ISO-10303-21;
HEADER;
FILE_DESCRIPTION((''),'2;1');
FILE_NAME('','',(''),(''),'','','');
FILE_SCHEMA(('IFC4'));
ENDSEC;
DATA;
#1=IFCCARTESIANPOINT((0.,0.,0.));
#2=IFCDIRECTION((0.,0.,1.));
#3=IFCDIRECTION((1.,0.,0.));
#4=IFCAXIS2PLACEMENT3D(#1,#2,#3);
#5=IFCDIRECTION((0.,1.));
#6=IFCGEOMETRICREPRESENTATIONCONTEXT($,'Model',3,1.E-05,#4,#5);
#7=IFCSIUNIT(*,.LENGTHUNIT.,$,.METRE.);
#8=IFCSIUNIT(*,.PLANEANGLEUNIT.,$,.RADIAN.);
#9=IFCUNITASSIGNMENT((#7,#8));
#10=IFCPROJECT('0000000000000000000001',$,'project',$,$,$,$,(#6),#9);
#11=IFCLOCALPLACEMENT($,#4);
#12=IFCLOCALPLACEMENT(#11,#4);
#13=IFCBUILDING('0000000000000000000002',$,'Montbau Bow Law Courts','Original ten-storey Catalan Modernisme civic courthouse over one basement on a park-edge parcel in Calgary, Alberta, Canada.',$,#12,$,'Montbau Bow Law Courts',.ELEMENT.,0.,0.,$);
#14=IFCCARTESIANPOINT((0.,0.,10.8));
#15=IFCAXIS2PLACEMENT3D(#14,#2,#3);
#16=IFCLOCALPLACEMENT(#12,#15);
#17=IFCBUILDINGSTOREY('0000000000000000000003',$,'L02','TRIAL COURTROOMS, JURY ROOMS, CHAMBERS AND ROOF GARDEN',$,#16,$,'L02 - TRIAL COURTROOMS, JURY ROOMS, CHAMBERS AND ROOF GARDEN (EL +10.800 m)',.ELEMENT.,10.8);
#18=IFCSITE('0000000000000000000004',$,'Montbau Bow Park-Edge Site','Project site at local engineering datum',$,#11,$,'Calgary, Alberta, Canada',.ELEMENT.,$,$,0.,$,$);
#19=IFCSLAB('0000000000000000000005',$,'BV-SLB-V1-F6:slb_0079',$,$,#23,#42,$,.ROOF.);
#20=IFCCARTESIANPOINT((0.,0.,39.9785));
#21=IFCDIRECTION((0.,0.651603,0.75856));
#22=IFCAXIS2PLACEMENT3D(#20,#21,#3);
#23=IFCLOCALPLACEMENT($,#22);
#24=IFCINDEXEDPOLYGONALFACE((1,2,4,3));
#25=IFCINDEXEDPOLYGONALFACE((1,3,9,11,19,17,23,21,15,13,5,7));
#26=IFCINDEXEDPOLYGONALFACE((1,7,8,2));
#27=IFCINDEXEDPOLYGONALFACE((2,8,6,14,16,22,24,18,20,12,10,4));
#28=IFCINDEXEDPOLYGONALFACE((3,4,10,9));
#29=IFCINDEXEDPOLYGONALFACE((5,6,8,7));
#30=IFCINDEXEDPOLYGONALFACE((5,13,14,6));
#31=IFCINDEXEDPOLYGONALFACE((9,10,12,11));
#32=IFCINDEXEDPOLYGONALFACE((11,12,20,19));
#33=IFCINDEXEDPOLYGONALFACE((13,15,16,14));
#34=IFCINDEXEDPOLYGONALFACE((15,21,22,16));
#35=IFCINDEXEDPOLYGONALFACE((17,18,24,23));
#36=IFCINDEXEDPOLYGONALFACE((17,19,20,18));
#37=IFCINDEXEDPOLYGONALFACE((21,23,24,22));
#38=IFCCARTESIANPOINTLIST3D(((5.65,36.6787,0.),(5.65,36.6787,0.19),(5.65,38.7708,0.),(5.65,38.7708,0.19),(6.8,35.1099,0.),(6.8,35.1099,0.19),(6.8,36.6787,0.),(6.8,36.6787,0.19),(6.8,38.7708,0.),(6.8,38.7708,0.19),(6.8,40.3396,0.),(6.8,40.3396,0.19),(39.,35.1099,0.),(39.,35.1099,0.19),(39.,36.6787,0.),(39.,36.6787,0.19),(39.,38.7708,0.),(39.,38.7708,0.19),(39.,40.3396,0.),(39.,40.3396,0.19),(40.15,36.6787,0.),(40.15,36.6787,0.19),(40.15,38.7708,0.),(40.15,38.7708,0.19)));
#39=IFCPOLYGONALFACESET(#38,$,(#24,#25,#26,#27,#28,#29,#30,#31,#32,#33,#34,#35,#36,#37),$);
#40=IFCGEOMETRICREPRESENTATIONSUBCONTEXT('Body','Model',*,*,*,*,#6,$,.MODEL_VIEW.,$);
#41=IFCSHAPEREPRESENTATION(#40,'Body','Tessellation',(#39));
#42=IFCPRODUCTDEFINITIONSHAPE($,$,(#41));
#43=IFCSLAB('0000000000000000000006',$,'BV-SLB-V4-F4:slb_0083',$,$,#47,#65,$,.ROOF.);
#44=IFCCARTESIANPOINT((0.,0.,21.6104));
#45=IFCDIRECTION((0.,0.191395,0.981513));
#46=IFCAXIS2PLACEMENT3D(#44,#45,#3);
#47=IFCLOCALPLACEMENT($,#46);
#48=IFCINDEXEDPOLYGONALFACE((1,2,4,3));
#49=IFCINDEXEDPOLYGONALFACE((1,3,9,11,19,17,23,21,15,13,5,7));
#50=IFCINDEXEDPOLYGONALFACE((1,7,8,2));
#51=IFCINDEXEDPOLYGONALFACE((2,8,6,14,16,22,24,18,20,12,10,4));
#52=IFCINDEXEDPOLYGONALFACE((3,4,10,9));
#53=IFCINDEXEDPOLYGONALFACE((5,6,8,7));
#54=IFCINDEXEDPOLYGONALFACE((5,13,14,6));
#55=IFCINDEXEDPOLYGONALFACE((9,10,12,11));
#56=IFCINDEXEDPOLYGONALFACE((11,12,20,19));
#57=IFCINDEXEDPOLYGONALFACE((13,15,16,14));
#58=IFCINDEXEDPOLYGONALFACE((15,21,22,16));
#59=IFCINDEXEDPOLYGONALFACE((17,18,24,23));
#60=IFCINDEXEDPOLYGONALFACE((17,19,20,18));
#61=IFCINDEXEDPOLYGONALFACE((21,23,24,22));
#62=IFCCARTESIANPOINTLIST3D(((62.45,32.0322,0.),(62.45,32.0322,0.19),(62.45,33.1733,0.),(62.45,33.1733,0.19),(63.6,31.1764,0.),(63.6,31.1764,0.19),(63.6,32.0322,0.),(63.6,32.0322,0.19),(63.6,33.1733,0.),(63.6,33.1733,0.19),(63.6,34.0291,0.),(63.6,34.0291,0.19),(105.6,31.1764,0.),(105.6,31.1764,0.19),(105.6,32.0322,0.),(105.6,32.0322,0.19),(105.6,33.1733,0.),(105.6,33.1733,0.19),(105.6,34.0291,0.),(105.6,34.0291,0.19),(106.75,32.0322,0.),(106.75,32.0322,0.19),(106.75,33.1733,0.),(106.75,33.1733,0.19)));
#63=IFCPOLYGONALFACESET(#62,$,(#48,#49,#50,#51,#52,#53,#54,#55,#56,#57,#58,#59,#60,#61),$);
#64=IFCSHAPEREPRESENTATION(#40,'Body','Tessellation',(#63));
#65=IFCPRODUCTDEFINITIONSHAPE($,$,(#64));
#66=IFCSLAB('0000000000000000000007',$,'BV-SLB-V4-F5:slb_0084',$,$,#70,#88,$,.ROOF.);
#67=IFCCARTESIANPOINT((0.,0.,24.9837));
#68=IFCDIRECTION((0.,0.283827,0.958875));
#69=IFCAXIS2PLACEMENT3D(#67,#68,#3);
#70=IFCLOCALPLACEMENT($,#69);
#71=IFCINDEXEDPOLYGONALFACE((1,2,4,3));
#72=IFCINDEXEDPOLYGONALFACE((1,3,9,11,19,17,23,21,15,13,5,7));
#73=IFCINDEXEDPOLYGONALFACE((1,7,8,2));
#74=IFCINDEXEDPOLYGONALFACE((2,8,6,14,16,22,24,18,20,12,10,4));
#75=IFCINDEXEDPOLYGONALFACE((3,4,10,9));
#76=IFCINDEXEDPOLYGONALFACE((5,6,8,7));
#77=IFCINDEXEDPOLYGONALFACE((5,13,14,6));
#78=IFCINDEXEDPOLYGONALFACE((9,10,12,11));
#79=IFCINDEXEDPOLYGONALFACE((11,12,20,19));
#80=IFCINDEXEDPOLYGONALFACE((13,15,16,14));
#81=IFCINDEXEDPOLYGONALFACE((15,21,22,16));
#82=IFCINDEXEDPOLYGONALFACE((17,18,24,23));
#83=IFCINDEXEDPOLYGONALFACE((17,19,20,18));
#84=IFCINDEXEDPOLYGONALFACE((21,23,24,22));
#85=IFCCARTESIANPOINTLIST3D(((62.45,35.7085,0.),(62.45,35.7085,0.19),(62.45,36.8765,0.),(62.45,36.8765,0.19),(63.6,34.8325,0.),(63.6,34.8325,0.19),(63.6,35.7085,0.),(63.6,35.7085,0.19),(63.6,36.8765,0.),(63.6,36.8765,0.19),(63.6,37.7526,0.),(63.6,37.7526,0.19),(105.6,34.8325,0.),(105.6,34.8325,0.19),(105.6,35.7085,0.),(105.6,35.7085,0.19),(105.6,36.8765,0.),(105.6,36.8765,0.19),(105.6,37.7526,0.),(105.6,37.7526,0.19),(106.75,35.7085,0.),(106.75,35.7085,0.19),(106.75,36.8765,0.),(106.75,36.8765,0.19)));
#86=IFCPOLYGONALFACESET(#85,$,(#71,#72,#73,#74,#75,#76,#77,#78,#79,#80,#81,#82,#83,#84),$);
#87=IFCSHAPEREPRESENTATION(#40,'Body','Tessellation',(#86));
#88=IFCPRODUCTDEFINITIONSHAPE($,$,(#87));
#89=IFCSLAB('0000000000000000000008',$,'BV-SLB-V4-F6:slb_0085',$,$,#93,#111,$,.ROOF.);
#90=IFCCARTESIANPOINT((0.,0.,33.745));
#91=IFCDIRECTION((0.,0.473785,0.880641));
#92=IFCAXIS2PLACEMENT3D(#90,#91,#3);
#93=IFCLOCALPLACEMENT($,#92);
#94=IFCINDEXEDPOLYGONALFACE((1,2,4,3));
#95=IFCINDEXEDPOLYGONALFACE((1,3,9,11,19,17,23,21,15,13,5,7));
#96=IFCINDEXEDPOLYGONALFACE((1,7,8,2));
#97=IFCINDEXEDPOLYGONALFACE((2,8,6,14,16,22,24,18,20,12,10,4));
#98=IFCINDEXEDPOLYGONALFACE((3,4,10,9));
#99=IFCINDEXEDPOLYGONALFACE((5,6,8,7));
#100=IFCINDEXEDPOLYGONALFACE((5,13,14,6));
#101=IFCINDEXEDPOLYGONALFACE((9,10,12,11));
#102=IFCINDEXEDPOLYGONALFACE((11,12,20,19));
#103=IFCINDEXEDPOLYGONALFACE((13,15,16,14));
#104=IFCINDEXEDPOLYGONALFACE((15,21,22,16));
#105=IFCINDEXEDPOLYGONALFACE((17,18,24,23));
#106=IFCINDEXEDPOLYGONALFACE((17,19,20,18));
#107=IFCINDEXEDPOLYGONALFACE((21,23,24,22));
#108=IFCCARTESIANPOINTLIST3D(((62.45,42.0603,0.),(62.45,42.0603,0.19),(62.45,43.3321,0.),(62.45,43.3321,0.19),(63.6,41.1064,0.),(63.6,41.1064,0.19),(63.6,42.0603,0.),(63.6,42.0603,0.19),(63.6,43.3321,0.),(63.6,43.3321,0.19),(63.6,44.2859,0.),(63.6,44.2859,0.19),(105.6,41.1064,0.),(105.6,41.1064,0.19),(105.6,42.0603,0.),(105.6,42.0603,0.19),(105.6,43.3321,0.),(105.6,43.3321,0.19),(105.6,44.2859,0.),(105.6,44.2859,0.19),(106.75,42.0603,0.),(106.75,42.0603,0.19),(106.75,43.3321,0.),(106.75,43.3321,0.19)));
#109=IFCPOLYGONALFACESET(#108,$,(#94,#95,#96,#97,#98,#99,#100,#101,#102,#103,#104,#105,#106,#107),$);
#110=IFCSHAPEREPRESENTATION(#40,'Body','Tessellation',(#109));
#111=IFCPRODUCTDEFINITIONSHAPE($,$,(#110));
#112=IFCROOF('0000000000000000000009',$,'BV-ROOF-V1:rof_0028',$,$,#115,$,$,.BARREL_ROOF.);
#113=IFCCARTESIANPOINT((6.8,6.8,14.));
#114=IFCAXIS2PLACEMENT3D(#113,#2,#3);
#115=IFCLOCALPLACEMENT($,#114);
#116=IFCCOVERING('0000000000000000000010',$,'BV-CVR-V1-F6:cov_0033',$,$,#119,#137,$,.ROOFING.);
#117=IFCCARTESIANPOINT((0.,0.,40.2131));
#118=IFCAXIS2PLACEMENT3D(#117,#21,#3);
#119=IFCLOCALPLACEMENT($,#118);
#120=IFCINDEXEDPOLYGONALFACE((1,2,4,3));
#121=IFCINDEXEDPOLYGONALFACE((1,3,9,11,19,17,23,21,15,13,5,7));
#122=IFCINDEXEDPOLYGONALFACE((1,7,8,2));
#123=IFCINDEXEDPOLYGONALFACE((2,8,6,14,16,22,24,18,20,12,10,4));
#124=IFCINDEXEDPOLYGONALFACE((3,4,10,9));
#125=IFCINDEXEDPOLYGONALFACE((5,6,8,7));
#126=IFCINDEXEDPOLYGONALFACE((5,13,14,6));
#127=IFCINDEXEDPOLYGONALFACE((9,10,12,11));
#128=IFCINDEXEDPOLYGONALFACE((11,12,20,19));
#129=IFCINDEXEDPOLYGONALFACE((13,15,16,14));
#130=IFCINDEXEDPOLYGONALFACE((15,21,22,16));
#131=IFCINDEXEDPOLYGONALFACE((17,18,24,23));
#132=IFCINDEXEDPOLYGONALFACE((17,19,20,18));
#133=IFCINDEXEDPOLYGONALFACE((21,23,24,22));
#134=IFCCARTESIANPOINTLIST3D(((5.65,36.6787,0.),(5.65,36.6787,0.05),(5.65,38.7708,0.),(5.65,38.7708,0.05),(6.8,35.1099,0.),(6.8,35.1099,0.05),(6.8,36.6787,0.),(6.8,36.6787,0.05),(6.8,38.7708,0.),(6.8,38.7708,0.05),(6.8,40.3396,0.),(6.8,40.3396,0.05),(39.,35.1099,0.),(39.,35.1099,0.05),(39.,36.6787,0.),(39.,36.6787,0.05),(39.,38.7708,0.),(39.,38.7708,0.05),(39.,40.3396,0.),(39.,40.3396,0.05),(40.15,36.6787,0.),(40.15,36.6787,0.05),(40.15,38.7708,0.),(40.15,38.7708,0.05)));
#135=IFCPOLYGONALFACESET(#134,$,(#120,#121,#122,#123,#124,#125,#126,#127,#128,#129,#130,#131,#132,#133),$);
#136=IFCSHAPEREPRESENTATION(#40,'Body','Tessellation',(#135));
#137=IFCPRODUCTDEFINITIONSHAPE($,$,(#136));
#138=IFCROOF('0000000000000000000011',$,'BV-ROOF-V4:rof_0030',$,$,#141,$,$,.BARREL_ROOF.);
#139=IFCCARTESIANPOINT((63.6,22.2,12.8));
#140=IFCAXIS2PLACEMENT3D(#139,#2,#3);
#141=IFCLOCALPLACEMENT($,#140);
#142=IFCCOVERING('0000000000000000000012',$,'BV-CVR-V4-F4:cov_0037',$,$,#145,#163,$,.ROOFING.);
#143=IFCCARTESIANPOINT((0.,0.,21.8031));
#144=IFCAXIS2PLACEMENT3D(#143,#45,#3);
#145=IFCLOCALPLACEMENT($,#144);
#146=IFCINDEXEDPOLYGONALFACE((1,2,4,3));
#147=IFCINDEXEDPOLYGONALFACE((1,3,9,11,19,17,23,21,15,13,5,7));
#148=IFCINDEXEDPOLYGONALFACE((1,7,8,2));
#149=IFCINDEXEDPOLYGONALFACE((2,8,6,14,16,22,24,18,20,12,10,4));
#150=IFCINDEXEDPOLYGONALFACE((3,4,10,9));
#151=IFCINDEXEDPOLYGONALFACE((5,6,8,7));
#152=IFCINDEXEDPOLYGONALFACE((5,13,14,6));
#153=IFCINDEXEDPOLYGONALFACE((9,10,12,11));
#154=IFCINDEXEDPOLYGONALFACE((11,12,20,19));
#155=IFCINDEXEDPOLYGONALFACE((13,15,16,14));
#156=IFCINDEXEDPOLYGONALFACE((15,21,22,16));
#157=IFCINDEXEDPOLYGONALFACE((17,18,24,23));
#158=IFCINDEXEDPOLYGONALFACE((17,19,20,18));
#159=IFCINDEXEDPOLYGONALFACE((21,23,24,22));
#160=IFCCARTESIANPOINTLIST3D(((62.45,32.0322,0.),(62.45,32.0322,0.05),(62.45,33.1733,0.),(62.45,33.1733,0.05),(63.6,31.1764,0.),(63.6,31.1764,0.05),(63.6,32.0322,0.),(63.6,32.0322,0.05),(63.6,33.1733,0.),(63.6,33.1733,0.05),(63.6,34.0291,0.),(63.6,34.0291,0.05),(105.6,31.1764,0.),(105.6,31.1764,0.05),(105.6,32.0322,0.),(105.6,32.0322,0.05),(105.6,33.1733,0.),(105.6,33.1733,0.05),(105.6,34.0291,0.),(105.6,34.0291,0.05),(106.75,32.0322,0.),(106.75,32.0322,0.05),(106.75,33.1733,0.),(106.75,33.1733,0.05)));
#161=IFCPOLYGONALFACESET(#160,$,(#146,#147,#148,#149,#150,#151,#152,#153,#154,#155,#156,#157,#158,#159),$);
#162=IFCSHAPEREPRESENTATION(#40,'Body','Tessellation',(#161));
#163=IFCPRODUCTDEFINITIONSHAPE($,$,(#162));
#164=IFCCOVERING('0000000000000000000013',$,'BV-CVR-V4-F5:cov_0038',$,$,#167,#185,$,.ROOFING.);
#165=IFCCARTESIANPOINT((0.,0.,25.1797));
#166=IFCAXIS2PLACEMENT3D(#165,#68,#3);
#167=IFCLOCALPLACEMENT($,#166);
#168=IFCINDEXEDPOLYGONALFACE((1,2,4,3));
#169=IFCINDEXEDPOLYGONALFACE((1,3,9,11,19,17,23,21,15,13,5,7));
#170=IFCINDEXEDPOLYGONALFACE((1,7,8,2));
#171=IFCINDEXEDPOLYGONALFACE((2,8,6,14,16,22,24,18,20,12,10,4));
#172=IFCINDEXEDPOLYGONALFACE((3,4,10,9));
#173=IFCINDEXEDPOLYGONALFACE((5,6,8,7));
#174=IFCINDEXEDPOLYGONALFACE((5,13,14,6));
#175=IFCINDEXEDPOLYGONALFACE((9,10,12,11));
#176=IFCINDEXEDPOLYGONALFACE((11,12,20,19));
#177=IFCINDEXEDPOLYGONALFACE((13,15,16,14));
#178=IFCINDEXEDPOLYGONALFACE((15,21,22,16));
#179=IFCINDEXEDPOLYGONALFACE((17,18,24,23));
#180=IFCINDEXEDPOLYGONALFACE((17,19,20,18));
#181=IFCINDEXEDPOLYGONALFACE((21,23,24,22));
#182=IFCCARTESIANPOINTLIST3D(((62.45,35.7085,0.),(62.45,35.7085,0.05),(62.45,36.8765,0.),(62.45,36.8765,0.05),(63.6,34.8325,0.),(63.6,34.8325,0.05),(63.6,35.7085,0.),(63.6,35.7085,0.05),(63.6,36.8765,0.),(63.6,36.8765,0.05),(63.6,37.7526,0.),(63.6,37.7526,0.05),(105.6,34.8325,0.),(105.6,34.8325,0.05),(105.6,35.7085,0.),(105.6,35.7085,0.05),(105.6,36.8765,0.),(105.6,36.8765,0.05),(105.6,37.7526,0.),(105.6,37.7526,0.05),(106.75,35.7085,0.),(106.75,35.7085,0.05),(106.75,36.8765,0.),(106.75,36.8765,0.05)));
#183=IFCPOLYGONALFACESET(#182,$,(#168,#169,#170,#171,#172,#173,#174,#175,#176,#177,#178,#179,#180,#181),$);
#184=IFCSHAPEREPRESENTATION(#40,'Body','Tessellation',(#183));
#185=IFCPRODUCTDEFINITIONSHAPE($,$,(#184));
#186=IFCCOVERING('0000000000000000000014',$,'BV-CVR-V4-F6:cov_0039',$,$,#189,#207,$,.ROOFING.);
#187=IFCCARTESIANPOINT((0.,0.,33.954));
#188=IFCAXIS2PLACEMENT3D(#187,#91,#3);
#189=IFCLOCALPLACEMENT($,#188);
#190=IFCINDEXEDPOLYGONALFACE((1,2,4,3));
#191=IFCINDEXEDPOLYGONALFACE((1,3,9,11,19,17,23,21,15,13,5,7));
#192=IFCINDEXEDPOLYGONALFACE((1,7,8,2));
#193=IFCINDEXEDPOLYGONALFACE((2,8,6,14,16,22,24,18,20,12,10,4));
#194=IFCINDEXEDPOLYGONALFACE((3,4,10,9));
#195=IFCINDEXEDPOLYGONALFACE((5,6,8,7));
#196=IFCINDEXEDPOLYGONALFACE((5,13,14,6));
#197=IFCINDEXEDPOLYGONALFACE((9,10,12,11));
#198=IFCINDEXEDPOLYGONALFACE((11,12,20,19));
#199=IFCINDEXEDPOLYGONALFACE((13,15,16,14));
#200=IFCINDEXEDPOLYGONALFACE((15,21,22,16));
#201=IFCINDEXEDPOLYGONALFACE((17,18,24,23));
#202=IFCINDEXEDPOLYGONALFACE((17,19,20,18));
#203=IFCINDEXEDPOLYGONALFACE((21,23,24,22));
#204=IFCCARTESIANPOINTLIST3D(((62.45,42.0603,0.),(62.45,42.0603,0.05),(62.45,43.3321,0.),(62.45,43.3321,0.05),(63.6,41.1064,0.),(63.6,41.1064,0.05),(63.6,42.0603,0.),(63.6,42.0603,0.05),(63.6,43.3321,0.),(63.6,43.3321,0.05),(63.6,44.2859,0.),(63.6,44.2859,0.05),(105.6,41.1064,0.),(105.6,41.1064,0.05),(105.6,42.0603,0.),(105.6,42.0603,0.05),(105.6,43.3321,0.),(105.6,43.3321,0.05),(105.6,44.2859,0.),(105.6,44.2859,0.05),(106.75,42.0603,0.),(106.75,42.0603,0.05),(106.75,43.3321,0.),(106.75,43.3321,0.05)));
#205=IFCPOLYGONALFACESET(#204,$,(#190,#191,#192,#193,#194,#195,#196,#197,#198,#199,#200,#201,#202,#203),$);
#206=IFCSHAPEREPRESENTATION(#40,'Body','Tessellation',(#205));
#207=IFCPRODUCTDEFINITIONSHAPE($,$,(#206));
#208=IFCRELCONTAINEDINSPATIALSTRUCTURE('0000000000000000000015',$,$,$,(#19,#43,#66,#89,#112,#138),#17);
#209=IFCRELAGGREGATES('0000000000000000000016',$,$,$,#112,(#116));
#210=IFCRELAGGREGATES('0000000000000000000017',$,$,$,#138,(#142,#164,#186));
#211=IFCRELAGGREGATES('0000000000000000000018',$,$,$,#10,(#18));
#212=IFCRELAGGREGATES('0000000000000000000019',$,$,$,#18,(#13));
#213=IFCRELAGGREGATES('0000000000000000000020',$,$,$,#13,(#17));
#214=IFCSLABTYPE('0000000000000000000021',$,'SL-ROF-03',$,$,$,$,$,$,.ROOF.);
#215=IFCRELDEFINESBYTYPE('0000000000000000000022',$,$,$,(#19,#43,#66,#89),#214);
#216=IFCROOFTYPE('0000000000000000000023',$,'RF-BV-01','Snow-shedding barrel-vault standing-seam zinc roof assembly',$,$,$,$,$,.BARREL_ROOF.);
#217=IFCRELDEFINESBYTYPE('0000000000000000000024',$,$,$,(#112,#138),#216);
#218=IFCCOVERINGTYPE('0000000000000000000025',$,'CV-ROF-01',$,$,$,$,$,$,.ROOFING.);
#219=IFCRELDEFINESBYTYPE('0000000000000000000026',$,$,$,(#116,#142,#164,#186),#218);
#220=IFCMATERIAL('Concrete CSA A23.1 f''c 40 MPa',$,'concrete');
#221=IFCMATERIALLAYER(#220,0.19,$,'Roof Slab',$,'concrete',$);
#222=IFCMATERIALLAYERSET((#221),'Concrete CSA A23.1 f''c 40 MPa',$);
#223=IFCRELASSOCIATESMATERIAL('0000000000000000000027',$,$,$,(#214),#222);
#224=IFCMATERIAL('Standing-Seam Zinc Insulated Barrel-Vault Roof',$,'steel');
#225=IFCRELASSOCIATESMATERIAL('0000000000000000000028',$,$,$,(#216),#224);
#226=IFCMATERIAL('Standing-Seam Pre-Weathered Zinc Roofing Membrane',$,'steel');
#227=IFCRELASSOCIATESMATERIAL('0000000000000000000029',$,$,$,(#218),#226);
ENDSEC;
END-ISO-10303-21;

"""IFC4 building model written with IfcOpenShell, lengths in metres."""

from ifc_helpers import new_model, si_unit, direction, frame, origin_with_axes, place, context, subcontext, project, spatial, polyline, outline, extrude, material, layer, layer_set, type_object, element, aggregate, save


model = new_model("IFC4")

# Units and contexts
model_context = context("Model", 3, precision=1e-05, world=origin_with_axes(), true_north=direction((0.0, 1.0)))
body_context = subcontext(model_context, "Body", "Model", "MODEL_VIEW")
ifc_project = project(units=[si_unit("LENGTHUNIT", "METRE"), si_unit("PLANEANGLEUNIT", "RADIAN")], contexts=[model_context])

# Site, building, storey
site_placement = place(None, origin_with_axes())
site = spatial("IfcSite", under=ifc_project, at=site_placement, Name="Montbau Bow Park-Edge Site", Description="Project site at local engineering datum", LongName="Calgary, Alberta, Canada", CompositionType="ELEMENT", RefElevation=0.0)
building_placement = place(site_placement, origin_with_axes())
building = spatial("IfcBuilding", under=site, at=building_placement, Name="Montbau Bow Law Courts", Description="Original ten-storey Catalan Modernisme civic courthouse over one basement on a park-edge parcel in Calgary, Alberta, Canada.", LongName="Montbau Bow Law Courts", CompositionType="ELEMENT", ElevationOfRefHeight=0.0, ElevationOfTerrain=0.0)
storey_placement = place(building_placement, frame((0.0, 0.0, 10.8), z_axis=(0.0, 0.0, 1.0), x_axis=(1.0, 0.0, 0.0)))
storey = spatial("IfcBuildingStorey", under=building, at=storey_placement, Name="L02", Description="TRIAL COURTROOMS, JURY ROOMS, CHAMBERS AND ROOF GARDEN", LongName="L02 - TRIAL COURTROOMS, JURY ROOMS, CHAMBERS AND ROOF GARDEN (EL +10.800 m)", CompositionType="ELEMENT", Elevation=10.8)

# Shared definitions
ifc_material_1 = material(Name="Concrete CSA A23.1 f'c 40 MPa", Category="concrete")

# Slabs
ifc_layer_1 = layer(ifc_material_1, 0.19, Name="Roof Slab", Category="concrete")
ifc_layer_set_1 = layer_set([ifc_layer_1], Name="Concrete CSA A23.1 f'c 40 MPa")
slab_type_1 = type_object("IfcSlabType", Name="SL-ROF-03", PredefinedType="ROOF", material=ifc_layer_set_1)
slab_1_placement = place(None, frame((0.0, 0.0, 39.9785), z_axis=(0.0, 0.651603, 0.75856), x_axis=(1.0, 0.0, 0.0)))
element("IfcSlab", 1, at=slab_1_placement, inside=storey, type_object=slab_type_1, Name="BV-SLB-V1-F6:slb_0079", PredefinedType="ROOF", context=body_context, shape_type="SweptSolid", body=[
    extrude(outline(polyline([(6.8, 35.1099), (39.0, 35.1099), (39.0, 36.6787), (40.15, 36.6787), (40.15, 38.7708), (39.0, 38.7708), (39.0, 40.3396), (6.8, 40.3396), (6.8, 38.7708), (5.65, 38.7708), (5.65, 36.6787), (6.8, 36.6787), (6.8, 35.1099)])), origin_with_axes(), (0.0, 0.0, 1.0), 0.19),
])
slab_2_placement = place(None, frame((0.0, 0.0, 21.6104), z_axis=(0.0, 0.191395, 0.981513), x_axis=(1.0, 0.0, 0.0)))
element("IfcSlab", 2, at=slab_2_placement, inside=storey, type_object=slab_type_1, Name="BV-SLB-V4-F4:slb_0083", PredefinedType="ROOF", context=body_context, shape_type="SweptSolid", body=[
    extrude(outline(polyline([(63.6, 31.1764), (105.6, 31.1764), (105.6, 32.0322), (106.75, 32.0322), (106.75, 33.1733), (105.6, 33.1733), (105.6, 34.0291), (63.6, 34.0291), (63.6, 33.1733), (62.45, 33.1733), (62.45, 32.0322), (63.6, 32.0322), (63.6, 31.1764)])), origin_with_axes(), (0.0, 0.0, 1.0), 0.19),
])
slab_3_placement = place(None, frame((0.0, 0.0, 24.9837), z_axis=(0.0, 0.283827, 0.958875), x_axis=(1.0, 0.0, 0.0)))
element("IfcSlab", 3, at=slab_3_placement, inside=storey, type_object=slab_type_1, Name="BV-SLB-V4-F5:slb_0084", PredefinedType="ROOF", context=body_context, shape_type="SweptSolid", body=[
    extrude(outline(polyline([(63.6, 34.8325), (105.6, 34.8325), (105.6, 35.7085), (106.75, 35.7085), (106.75, 36.8765), (105.6, 36.8765), (105.6, 37.7526), (63.6, 37.7526), (63.6, 36.8765), (62.45, 36.8765), (62.45, 35.7085), (63.6, 35.7085), (63.6, 34.8325)])), origin_with_axes(), (0.0, 0.0, 1.0), 0.19),
])
slab_4_placement = place(None, frame((0.0, 0.0, 33.745), z_axis=(0.0, 0.473785, 0.880641), x_axis=(1.0, 0.0, 0.0)))
element("IfcSlab", 4, at=slab_4_placement, inside=storey, type_object=slab_type_1, Name="BV-SLB-V4-F6:slb_0085", PredefinedType="ROOF", context=body_context, shape_type="SweptSolid", body=[
    extrude(outline(polyline([(63.6, 41.1064), (105.6, 41.1064), (105.6, 42.0603), (106.75, 42.0603), (106.75, 43.3321), (105.6, 43.3321), (105.6, 44.2859), (63.6, 44.2859), (63.6, 43.3321), (62.45, 43.3321), (62.45, 42.0603), (63.6, 42.0603), (63.6, 41.1064)])), origin_with_axes(), (0.0, 0.0, 1.0), 0.19),
])

# Roof, covering
ifc_material_2 = material(Name="Standing-Seam Zinc Insulated Barrel-Vault Roof", Category="steel")
roof_type = type_object("IfcRoofType", Name="RF-BV-01", Description="Snow-shedding barrel-vault standing-seam zinc roof assembly", PredefinedType="BARREL_ROOF", material=ifc_material_2)
roof_1_placement = place(None, frame((6.8, 6.8, 14.0), z_axis=(0.0, 0.0, 1.0), x_axis=(1.0, 0.0, 0.0)))
roof_1 = element("IfcRoof", 5, at=roof_1_placement, inside=storey, type_object=roof_type, Name="BV-ROOF-V1:rof_0028", PredefinedType="BARREL_ROOF")
ifc_material_3 = material(Name="Standing-Seam Pre-Weathered Zinc Roofing Membrane", Category="steel")
covering_type_1 = type_object("IfcCoveringType", Name="CV-ROF-01", PredefinedType="ROOFING", material=ifc_material_3)
covering_1_placement = place(None, frame((0.0, 0.0, 40.2131), z_axis=(0.0, 0.651603, 0.75856), x_axis=(1.0, 0.0, 0.0)))
covering_1 = element("IfcCovering", 6, at=covering_1_placement, type_object=covering_type_1, Name="BV-CVR-V1-F6:cov_0033", PredefinedType="ROOFING", context=body_context, shape_type="SweptSolid", body=[
    extrude(outline(polyline([(6.8, 35.1099), (39.0, 35.1099), (39.0, 36.6787), (40.15, 36.6787), (40.15, 38.7708), (39.0, 38.7708), (39.0, 40.3396), (6.8, 40.3396), (6.8, 38.7708), (5.65, 38.7708), (5.65, 36.6787), (6.8, 36.6787), (6.8, 35.1099)])), origin_with_axes(), (0.0, 0.0, 1.0), 0.05),
])
aggregate(roof_1, [covering_1])

# Roof, coverings
roof_2_placement = place(None, frame((63.6, 22.2, 12.8), z_axis=(0.0, 0.0, 1.0), x_axis=(1.0, 0.0, 0.0)))
roof_2 = element("IfcRoof", 7, at=roof_2_placement, inside=storey, type_object=roof_type, Name="BV-ROOF-V4:rof_0030", PredefinedType="BARREL_ROOF")
covering_2_placement = place(None, frame((0.0, 0.0, 21.8031), z_axis=(0.0, 0.191395, 0.981513), x_axis=(1.0, 0.0, 0.0)))
covering_2 = element("IfcCovering", 8, at=covering_2_placement, type_object=covering_type_1, Name="BV-CVR-V4-F4:cov_0037", PredefinedType="ROOFING", context=body_context, shape_type="SweptSolid", body=[
    extrude(outline(polyline([(63.6, 31.1764), (105.6, 31.1764), (105.6, 32.0322), (106.75, 32.0322), (106.75, 33.1733), (105.6, 33.1733), (105.6, 34.0291), (63.6, 34.0291), (63.6, 33.1733), (62.45, 33.1733), (62.45, 32.0322), (63.6, 32.0322), (63.6, 31.1764)])), origin_with_axes(), (0.0, 0.0, 1.0), 0.05),
])
covering_3_placement = place(None, frame((0.0, 0.0, 25.1797), z_axis=(0.0, 0.283827, 0.958875), x_axis=(1.0, 0.0, 0.0)))
covering_3 = element("IfcCovering", 9, at=covering_3_placement, type_object=covering_type_1, Name="BV-CVR-V4-F5:cov_0038", PredefinedType="ROOFING", context=body_context, shape_type="SweptSolid", body=[
    extrude(outline(polyline([(63.6, 34.8325), (105.6, 34.8325), (105.6, 35.7085), (106.75, 35.7085), (106.75, 36.8765), (105.6, 36.8765), (105.6, 37.7526), (63.6, 37.7526), (63.6, 36.8765), (62.45, 36.8765), (62.45, 35.7085), (63.6, 35.7085), (63.6, 34.8325)])), origin_with_axes(), (0.0, 0.0, 1.0), 0.05),
])
covering_4_placement = place(None, frame((0.0, 0.0, 33.954), z_axis=(0.0, 0.473785, 0.880641), x_axis=(1.0, 0.0, 0.0)))
covering_4 = element("IfcCovering", 10, at=covering_4_placement, type_object=covering_type_1, Name="BV-CVR-V4-F6:cov_0039", PredefinedType="ROOFING", context=body_context, shape_type="SweptSolid", body=[
    extrude(outline(polyline([(63.6, 41.1064), (105.6, 41.1064), (105.6, 42.0603), (106.75, 42.0603), (106.75, 43.3321), (105.6, 43.3321), (105.6, 44.2859), (63.6, 44.2859), (63.6, 43.3321), (62.45, 43.3321), (62.45, 42.0603), (63.6, 42.0603), (63.6, 41.1064)])), origin_with_axes(), (0.0, 0.0, 1.0), 0.05),
])
aggregate(roof_2, [covering_2, covering_3, covering_4])

save(model, "model.ifc")
